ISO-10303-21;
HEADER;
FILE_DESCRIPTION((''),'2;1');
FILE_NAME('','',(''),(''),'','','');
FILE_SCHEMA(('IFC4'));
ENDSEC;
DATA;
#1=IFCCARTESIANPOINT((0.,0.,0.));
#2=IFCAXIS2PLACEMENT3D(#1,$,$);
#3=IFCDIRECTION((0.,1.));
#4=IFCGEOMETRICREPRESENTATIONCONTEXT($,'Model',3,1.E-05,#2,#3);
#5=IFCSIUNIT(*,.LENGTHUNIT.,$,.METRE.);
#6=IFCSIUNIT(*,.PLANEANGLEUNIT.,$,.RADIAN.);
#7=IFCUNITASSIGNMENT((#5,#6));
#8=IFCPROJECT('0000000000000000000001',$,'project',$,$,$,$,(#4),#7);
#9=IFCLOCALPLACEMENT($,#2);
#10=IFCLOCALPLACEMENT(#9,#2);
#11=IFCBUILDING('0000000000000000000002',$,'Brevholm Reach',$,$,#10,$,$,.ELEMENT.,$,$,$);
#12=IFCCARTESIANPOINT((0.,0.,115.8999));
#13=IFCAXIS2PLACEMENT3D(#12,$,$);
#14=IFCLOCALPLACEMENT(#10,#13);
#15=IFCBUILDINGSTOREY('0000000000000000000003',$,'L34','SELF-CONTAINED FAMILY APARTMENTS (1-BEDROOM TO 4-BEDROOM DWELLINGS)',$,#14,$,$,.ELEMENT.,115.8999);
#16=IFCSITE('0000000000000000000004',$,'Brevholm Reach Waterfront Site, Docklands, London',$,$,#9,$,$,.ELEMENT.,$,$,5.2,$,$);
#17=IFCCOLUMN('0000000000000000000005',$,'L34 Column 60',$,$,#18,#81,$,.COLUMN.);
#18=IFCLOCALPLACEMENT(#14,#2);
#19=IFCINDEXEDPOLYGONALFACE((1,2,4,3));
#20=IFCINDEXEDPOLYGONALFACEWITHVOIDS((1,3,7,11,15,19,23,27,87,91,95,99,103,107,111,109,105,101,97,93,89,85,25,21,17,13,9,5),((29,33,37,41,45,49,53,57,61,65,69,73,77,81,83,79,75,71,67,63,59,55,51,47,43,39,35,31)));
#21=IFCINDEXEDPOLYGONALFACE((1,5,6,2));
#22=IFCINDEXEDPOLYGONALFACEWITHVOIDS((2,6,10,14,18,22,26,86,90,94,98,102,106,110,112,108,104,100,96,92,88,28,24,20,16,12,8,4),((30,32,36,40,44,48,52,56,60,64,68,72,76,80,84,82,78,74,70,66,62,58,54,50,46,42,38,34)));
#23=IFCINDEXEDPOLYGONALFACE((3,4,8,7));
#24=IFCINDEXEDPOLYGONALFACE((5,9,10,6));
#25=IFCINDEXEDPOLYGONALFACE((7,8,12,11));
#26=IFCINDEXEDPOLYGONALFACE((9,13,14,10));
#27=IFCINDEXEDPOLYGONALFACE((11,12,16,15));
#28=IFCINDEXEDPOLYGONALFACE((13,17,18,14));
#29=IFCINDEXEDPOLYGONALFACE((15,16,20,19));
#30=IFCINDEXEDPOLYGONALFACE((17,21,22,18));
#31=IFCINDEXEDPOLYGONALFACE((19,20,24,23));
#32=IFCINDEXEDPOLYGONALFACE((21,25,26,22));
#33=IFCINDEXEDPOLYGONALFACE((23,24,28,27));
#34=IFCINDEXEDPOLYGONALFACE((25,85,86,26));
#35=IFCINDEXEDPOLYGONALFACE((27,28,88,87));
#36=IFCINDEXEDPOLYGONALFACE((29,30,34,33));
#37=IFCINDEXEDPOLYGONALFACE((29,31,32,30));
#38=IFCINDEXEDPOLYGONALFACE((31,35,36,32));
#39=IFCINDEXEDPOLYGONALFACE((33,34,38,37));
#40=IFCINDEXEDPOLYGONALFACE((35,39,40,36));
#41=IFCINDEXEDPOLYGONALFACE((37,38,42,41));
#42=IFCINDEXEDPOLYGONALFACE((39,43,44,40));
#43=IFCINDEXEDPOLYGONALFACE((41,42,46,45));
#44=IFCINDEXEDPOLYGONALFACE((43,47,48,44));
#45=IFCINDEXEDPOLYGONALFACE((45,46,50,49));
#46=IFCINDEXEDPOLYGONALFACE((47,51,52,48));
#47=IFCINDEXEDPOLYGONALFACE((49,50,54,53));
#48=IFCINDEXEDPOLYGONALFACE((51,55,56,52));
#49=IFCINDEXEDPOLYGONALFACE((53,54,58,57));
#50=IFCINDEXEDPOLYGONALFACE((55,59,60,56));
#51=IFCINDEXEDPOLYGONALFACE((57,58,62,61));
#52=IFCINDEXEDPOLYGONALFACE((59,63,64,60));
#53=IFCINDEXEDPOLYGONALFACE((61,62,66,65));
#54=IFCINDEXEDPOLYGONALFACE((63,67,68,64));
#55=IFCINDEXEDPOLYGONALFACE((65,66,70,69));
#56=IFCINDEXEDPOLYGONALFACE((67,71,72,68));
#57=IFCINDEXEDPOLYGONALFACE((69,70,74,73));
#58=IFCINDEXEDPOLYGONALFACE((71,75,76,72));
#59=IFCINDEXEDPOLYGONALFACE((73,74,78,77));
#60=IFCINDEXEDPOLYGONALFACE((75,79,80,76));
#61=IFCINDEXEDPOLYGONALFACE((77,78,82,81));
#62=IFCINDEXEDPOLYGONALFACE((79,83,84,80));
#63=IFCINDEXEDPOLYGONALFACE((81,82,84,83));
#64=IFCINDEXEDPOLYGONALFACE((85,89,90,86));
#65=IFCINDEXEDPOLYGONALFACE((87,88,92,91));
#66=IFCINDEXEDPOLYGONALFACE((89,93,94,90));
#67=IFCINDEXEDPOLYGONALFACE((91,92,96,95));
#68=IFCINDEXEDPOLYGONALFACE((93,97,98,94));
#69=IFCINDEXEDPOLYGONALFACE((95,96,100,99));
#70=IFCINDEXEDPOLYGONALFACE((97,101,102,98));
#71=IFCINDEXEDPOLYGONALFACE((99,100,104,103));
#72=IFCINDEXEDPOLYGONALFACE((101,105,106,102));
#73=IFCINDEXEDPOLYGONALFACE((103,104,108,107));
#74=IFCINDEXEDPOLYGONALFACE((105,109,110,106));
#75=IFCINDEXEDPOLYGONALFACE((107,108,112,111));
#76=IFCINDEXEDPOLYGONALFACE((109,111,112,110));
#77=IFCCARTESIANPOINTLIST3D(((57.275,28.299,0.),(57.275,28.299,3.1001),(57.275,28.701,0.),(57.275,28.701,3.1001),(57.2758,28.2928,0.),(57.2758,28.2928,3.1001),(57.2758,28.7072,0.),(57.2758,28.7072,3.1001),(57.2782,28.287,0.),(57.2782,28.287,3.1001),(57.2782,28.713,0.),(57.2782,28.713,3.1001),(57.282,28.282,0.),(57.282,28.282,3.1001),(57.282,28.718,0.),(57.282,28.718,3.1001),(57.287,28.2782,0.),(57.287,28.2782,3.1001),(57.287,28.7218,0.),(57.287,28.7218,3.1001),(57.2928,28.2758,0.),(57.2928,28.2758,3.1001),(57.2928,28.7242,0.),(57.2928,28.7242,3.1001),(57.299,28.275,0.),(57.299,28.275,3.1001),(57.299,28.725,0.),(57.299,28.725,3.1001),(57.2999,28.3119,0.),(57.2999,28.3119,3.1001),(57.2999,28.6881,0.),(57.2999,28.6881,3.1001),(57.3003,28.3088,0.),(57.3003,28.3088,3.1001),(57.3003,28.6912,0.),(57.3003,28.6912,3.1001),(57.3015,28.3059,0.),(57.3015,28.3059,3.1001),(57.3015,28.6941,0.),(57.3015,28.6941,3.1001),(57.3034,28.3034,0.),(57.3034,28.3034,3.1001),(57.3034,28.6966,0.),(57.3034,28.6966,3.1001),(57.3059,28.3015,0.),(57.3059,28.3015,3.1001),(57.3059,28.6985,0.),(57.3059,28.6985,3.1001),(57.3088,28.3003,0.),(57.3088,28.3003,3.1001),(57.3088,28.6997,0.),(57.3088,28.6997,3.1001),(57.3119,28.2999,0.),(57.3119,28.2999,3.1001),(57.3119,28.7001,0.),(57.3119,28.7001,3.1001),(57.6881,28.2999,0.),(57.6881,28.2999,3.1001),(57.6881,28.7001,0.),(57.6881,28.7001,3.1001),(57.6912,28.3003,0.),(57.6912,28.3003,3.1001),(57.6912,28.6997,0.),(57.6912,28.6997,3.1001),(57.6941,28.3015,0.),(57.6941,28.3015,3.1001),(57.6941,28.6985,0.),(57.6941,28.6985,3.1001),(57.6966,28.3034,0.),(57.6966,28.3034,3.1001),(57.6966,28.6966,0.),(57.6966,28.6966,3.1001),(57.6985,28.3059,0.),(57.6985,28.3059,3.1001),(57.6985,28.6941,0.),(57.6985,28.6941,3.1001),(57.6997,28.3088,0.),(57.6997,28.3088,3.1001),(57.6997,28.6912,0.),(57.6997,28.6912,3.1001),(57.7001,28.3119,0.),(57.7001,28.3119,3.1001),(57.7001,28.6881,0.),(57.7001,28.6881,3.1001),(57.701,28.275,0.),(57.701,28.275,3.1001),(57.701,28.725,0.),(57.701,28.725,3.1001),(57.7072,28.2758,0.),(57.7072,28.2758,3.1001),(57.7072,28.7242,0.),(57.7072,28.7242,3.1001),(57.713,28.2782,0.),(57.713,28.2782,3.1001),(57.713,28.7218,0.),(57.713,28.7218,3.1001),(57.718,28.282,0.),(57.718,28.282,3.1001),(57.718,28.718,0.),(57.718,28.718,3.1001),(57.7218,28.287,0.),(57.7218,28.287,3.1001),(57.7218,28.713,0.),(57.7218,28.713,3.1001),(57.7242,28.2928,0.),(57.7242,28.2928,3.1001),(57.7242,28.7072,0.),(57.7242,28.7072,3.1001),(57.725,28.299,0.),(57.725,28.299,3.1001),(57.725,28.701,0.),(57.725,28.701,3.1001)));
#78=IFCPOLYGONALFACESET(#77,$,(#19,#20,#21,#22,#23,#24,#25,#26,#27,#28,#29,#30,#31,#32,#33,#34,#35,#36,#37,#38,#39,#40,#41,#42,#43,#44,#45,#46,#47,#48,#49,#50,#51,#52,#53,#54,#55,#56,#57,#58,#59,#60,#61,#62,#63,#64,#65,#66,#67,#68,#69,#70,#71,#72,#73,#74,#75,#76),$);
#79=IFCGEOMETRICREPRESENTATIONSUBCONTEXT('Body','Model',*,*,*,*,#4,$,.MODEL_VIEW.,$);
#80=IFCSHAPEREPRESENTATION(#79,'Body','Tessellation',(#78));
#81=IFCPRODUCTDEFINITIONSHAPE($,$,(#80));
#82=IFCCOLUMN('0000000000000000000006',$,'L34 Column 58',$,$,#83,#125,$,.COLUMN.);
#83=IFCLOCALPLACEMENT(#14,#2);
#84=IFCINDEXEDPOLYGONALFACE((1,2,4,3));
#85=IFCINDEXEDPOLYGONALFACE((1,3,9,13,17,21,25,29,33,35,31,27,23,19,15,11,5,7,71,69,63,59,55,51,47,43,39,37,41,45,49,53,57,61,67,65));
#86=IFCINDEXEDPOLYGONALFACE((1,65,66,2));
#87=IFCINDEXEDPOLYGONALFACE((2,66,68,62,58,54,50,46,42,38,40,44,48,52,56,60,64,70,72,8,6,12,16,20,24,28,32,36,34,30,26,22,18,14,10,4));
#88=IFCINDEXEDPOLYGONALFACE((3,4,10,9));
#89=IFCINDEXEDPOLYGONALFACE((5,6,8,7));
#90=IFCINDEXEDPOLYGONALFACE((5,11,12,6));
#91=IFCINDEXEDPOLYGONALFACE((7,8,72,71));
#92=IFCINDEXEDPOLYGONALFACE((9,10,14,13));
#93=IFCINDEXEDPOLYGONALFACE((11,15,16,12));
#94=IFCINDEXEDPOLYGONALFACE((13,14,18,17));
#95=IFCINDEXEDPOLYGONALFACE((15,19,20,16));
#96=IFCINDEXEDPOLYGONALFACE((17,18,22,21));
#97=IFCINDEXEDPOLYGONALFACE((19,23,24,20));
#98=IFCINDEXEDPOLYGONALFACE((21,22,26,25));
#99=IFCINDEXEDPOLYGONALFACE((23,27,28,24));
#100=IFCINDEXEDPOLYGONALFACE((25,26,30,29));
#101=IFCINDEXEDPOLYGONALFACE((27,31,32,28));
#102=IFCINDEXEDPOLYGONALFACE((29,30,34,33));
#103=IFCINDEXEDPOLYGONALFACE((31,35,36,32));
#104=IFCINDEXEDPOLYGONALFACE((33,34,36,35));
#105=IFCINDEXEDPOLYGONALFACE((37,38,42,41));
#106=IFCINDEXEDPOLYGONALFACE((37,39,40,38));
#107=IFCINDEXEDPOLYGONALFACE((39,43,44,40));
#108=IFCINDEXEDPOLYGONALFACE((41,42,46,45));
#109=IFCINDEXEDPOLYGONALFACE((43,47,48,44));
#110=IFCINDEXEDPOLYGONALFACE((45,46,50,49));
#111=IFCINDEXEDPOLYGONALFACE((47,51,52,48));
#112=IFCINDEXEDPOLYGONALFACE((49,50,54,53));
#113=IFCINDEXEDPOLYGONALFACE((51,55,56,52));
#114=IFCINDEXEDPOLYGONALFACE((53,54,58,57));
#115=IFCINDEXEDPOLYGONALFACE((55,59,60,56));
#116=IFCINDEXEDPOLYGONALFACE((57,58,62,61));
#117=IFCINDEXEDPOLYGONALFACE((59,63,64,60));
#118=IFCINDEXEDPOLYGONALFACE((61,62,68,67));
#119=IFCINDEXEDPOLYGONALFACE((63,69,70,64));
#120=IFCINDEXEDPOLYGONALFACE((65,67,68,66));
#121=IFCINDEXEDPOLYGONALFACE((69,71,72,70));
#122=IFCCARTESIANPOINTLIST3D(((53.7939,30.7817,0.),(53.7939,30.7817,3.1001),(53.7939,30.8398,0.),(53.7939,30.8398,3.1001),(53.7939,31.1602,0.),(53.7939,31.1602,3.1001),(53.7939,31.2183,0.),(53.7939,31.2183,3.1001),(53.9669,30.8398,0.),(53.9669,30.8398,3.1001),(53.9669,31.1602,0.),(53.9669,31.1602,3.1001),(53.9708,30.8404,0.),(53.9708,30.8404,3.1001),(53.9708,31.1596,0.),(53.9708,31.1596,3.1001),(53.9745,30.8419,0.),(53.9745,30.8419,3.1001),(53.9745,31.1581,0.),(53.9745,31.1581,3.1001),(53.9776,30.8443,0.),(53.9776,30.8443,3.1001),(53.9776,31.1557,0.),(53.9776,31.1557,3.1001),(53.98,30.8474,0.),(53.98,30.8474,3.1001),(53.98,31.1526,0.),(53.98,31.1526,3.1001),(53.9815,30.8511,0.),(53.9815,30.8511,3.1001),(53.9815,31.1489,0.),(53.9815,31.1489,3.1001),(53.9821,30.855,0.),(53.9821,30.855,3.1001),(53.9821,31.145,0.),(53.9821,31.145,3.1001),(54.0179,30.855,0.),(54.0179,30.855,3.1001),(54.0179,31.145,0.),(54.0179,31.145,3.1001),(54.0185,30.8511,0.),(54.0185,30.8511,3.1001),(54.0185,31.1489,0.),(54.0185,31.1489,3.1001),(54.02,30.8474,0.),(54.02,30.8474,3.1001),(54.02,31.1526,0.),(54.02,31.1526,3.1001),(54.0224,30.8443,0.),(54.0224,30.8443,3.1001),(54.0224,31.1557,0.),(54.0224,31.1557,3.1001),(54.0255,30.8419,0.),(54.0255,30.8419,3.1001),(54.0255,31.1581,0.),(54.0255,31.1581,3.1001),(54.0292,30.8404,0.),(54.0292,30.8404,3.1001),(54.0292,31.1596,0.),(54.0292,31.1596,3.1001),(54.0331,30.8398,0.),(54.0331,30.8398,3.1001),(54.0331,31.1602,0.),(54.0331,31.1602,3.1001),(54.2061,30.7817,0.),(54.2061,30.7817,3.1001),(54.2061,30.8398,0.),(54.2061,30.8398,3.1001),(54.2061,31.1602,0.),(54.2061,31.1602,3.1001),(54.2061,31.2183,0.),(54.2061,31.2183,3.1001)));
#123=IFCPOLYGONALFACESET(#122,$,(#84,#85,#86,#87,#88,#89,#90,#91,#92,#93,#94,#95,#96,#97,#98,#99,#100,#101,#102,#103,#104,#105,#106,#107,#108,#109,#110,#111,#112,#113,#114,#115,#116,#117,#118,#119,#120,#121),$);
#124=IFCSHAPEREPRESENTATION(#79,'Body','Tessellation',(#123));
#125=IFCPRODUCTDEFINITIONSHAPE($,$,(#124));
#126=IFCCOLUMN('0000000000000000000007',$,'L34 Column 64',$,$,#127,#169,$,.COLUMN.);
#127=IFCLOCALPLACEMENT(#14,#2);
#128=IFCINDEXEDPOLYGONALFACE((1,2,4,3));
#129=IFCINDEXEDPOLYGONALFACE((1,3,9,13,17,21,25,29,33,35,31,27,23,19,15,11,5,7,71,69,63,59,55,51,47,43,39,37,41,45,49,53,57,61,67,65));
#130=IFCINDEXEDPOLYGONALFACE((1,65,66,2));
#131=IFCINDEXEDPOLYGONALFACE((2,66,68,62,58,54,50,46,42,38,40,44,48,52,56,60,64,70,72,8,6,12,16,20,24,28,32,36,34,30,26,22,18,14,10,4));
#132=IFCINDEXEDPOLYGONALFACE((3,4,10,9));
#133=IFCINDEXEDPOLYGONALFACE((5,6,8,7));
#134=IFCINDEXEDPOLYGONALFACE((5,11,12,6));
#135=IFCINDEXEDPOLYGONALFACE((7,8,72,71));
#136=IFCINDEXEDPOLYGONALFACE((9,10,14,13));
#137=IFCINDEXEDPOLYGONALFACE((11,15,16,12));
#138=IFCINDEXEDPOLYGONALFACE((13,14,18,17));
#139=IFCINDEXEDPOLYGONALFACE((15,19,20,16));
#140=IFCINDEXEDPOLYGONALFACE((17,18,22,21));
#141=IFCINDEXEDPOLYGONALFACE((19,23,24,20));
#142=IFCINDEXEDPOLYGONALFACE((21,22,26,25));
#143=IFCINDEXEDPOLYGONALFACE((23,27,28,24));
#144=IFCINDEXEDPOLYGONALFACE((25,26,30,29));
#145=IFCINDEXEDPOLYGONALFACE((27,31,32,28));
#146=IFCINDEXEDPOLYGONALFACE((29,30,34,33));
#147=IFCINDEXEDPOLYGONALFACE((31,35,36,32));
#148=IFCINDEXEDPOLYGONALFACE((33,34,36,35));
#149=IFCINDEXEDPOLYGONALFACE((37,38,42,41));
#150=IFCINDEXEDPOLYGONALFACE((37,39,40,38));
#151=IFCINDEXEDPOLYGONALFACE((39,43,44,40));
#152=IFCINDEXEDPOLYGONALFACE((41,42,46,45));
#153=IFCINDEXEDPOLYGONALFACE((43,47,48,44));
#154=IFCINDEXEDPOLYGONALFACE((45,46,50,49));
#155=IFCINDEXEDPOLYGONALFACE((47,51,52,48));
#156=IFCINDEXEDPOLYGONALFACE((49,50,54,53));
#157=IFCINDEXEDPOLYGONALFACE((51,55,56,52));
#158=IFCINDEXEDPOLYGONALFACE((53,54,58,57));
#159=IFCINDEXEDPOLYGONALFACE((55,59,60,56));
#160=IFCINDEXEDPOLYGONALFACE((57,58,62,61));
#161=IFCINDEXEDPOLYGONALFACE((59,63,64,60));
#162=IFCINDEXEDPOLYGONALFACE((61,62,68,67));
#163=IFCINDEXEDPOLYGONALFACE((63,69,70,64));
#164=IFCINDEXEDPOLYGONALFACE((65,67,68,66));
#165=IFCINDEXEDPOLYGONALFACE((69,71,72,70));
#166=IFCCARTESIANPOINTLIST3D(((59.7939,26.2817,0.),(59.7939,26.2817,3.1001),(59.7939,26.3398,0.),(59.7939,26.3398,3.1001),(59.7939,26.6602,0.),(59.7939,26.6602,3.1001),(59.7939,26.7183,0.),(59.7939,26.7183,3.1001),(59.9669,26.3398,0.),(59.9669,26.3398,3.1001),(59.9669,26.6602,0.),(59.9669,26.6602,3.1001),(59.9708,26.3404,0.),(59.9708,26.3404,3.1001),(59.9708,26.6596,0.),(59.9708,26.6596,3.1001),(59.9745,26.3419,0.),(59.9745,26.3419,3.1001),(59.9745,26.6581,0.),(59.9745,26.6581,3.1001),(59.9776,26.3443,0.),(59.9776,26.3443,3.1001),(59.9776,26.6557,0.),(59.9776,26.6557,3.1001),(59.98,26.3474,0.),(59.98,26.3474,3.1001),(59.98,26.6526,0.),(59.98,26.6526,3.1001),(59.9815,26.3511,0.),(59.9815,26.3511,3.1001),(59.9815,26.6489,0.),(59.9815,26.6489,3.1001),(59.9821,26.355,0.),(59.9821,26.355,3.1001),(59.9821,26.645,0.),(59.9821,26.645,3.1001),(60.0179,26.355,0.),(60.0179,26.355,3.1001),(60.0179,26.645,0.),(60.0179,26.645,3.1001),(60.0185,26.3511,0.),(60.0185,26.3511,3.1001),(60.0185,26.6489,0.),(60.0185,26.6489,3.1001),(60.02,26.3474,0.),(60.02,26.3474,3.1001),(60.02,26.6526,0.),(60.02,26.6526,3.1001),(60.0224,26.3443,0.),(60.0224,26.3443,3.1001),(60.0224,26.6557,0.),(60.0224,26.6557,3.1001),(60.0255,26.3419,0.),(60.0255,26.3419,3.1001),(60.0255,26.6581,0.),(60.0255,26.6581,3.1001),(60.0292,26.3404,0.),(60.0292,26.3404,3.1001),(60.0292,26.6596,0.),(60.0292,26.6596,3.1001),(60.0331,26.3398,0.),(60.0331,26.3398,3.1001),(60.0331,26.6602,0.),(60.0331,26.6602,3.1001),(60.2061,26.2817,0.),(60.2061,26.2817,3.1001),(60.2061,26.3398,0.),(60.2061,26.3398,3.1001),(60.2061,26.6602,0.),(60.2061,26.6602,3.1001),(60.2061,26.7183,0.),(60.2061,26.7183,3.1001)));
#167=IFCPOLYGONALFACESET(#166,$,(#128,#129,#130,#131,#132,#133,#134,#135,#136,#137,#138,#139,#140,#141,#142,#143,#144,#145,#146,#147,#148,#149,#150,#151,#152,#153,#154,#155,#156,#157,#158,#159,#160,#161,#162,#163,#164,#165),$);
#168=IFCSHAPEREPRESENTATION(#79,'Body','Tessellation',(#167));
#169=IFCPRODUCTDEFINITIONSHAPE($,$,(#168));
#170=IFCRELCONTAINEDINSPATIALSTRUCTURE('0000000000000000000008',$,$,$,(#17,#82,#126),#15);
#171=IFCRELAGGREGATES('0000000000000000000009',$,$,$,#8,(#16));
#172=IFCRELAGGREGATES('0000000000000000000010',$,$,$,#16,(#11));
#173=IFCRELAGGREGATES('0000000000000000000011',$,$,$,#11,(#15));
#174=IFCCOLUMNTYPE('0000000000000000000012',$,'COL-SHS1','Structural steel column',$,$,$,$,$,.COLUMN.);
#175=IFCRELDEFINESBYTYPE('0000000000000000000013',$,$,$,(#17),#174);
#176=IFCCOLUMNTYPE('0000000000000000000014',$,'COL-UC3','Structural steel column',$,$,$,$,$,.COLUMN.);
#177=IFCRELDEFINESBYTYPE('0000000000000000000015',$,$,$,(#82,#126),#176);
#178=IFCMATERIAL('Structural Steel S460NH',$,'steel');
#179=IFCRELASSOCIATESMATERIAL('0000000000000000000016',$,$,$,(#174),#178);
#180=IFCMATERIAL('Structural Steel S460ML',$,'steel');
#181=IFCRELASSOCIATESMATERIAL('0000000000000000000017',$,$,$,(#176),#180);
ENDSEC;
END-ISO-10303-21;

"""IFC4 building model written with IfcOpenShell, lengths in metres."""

from ifc_helpers import new_model, si_unit, direction, frame, origin, origin_2d, place, context, subcontext, project, spatial, hollow_rectangle, i_section, extrude, material, material_profile, profile_set, type_object, element, save


model = new_model("IFC4")

# Units and contexts
model_context = context("Model", 3, precision=1e-05, world=origin(), true_north=direction((0.0, 1.0)))
body_context = subcontext(model_context, "Body", "Model", "MODEL_VIEW")
ifc_project = project(units=[si_unit("LENGTHUNIT", "METRE"), si_unit("PLANEANGLEUNIT", "RADIAN")], contexts=[model_context])

# Site, building, storey
site_placement = place(None, origin())
site = spatial("IfcSite", under=ifc_project, at=site_placement, Name="Brevholm Reach Waterfront Site, Docklands, London", CompositionType="ELEMENT", RefElevation=5.2)
building_placement = place(site_placement, origin())
building = spatial("IfcBuilding", under=site, at=building_placement, Name="Brevholm Reach", CompositionType="ELEMENT")
storey_placement = place(building_placement, frame((0.0, 0.0, 115.8999)))
storey = spatial("IfcBuildingStorey", under=building, at=storey_placement, Name="L34", Description="SELF-CONTAINED FAMILY APARTMENTS (1-BEDROOM TO 4-BEDROOM DWELLINGS)", CompositionType="ELEMENT", Elevation=115.8999)

# Columns
ifc_material_1 = material(Name="Structural Steel S460NH", Category="steel")
ifc_material_profile_1 = material_profile(ifc_material_1, hollow_rectangle(XDim=0.45, YDim=0.45, WallThickness=0.0249, InnerFilletRadius=0.012, OuterFilletRadius=0.0239, at=origin_2d()), Name="SHS 450x450x25")
ifc_profile_set_1 = profile_set([ifc_material_profile_1], Name="Structural Steel S460NH")
column_type_1 = type_object("IfcColumnType", Name="COL-SHS1", Description="Structural steel column", PredefinedType="COLUMN", material=ifc_profile_set_1)
column_1_placement = place(storey_placement, frame((57.5, 28.5, 0.0), z_axis=(0.0, 0.0, 1.0), x_axis=(1.0, 0.0, 0.0)))
element("IfcColumn", 1, at=column_1_placement, inside=storey, type_object=column_type_1, Name="L34 Column 60", PredefinedType="COLUMN", context=body_context, shape_type="SweptSolid", body=[
    extrude(hollow_rectangle(XDim=0.45, YDim=0.45, WallThickness=0.0249, InnerFilletRadius=0.012, OuterFilletRadius=0.0239, at=origin_2d()), origin(), (0.0, 0.0, 1.0), 3.1001),
])
ifc_material_2 = material(Name="Structural Steel S460ML", Category="steel")
ifc_material_profile_2 = material_profile(ifc_material_2, i_section(OverallWidth=0.4121, OverallDepth=0.4365, WebThickness=0.0359, FlangeThickness=0.0581, FilletRadius=0.0151, at=origin_2d()), Name="UKC 356x406x467")
ifc_profile_set_2 = profile_set([ifc_material_profile_2], Name="Structural Steel S460ML")
column_type_2 = type_object("IfcColumnType", Name="COL-UC3", Description="Structural steel column", PredefinedType="COLUMN", material=ifc_profile_set_2)
for number, where, z_axis, x_axis, name in (
    (2, (54.0, 31.0, 0.0), (0.0, 0.0, 1.0), (1.0, 0.0, 0.0), "L34 Column 58"),
    (3, (60.0, 26.5, 0.0), (0.0, 0.0, 1.0), (1.0, 0.0, 0.0), "L34 Column 64"),
):
    element("IfcColumn", number, at=place(storey_placement, frame(where, z_axis=z_axis, x_axis=x_axis)), inside=storey, type_object=column_type_2, Name=name, PredefinedType="COLUMN", context=body_context, shape_type="SweptSolid", body=[
        extrude(i_section(OverallWidth=0.4121, OverallDepth=0.4365, WebThickness=0.0359, FlangeThickness=0.0581, FilletRadius=0.0151, at=origin_2d()), origin(), (0.0, 0.0, 1.0), 3.1001),
    ])

save(model, "model.ifc")
